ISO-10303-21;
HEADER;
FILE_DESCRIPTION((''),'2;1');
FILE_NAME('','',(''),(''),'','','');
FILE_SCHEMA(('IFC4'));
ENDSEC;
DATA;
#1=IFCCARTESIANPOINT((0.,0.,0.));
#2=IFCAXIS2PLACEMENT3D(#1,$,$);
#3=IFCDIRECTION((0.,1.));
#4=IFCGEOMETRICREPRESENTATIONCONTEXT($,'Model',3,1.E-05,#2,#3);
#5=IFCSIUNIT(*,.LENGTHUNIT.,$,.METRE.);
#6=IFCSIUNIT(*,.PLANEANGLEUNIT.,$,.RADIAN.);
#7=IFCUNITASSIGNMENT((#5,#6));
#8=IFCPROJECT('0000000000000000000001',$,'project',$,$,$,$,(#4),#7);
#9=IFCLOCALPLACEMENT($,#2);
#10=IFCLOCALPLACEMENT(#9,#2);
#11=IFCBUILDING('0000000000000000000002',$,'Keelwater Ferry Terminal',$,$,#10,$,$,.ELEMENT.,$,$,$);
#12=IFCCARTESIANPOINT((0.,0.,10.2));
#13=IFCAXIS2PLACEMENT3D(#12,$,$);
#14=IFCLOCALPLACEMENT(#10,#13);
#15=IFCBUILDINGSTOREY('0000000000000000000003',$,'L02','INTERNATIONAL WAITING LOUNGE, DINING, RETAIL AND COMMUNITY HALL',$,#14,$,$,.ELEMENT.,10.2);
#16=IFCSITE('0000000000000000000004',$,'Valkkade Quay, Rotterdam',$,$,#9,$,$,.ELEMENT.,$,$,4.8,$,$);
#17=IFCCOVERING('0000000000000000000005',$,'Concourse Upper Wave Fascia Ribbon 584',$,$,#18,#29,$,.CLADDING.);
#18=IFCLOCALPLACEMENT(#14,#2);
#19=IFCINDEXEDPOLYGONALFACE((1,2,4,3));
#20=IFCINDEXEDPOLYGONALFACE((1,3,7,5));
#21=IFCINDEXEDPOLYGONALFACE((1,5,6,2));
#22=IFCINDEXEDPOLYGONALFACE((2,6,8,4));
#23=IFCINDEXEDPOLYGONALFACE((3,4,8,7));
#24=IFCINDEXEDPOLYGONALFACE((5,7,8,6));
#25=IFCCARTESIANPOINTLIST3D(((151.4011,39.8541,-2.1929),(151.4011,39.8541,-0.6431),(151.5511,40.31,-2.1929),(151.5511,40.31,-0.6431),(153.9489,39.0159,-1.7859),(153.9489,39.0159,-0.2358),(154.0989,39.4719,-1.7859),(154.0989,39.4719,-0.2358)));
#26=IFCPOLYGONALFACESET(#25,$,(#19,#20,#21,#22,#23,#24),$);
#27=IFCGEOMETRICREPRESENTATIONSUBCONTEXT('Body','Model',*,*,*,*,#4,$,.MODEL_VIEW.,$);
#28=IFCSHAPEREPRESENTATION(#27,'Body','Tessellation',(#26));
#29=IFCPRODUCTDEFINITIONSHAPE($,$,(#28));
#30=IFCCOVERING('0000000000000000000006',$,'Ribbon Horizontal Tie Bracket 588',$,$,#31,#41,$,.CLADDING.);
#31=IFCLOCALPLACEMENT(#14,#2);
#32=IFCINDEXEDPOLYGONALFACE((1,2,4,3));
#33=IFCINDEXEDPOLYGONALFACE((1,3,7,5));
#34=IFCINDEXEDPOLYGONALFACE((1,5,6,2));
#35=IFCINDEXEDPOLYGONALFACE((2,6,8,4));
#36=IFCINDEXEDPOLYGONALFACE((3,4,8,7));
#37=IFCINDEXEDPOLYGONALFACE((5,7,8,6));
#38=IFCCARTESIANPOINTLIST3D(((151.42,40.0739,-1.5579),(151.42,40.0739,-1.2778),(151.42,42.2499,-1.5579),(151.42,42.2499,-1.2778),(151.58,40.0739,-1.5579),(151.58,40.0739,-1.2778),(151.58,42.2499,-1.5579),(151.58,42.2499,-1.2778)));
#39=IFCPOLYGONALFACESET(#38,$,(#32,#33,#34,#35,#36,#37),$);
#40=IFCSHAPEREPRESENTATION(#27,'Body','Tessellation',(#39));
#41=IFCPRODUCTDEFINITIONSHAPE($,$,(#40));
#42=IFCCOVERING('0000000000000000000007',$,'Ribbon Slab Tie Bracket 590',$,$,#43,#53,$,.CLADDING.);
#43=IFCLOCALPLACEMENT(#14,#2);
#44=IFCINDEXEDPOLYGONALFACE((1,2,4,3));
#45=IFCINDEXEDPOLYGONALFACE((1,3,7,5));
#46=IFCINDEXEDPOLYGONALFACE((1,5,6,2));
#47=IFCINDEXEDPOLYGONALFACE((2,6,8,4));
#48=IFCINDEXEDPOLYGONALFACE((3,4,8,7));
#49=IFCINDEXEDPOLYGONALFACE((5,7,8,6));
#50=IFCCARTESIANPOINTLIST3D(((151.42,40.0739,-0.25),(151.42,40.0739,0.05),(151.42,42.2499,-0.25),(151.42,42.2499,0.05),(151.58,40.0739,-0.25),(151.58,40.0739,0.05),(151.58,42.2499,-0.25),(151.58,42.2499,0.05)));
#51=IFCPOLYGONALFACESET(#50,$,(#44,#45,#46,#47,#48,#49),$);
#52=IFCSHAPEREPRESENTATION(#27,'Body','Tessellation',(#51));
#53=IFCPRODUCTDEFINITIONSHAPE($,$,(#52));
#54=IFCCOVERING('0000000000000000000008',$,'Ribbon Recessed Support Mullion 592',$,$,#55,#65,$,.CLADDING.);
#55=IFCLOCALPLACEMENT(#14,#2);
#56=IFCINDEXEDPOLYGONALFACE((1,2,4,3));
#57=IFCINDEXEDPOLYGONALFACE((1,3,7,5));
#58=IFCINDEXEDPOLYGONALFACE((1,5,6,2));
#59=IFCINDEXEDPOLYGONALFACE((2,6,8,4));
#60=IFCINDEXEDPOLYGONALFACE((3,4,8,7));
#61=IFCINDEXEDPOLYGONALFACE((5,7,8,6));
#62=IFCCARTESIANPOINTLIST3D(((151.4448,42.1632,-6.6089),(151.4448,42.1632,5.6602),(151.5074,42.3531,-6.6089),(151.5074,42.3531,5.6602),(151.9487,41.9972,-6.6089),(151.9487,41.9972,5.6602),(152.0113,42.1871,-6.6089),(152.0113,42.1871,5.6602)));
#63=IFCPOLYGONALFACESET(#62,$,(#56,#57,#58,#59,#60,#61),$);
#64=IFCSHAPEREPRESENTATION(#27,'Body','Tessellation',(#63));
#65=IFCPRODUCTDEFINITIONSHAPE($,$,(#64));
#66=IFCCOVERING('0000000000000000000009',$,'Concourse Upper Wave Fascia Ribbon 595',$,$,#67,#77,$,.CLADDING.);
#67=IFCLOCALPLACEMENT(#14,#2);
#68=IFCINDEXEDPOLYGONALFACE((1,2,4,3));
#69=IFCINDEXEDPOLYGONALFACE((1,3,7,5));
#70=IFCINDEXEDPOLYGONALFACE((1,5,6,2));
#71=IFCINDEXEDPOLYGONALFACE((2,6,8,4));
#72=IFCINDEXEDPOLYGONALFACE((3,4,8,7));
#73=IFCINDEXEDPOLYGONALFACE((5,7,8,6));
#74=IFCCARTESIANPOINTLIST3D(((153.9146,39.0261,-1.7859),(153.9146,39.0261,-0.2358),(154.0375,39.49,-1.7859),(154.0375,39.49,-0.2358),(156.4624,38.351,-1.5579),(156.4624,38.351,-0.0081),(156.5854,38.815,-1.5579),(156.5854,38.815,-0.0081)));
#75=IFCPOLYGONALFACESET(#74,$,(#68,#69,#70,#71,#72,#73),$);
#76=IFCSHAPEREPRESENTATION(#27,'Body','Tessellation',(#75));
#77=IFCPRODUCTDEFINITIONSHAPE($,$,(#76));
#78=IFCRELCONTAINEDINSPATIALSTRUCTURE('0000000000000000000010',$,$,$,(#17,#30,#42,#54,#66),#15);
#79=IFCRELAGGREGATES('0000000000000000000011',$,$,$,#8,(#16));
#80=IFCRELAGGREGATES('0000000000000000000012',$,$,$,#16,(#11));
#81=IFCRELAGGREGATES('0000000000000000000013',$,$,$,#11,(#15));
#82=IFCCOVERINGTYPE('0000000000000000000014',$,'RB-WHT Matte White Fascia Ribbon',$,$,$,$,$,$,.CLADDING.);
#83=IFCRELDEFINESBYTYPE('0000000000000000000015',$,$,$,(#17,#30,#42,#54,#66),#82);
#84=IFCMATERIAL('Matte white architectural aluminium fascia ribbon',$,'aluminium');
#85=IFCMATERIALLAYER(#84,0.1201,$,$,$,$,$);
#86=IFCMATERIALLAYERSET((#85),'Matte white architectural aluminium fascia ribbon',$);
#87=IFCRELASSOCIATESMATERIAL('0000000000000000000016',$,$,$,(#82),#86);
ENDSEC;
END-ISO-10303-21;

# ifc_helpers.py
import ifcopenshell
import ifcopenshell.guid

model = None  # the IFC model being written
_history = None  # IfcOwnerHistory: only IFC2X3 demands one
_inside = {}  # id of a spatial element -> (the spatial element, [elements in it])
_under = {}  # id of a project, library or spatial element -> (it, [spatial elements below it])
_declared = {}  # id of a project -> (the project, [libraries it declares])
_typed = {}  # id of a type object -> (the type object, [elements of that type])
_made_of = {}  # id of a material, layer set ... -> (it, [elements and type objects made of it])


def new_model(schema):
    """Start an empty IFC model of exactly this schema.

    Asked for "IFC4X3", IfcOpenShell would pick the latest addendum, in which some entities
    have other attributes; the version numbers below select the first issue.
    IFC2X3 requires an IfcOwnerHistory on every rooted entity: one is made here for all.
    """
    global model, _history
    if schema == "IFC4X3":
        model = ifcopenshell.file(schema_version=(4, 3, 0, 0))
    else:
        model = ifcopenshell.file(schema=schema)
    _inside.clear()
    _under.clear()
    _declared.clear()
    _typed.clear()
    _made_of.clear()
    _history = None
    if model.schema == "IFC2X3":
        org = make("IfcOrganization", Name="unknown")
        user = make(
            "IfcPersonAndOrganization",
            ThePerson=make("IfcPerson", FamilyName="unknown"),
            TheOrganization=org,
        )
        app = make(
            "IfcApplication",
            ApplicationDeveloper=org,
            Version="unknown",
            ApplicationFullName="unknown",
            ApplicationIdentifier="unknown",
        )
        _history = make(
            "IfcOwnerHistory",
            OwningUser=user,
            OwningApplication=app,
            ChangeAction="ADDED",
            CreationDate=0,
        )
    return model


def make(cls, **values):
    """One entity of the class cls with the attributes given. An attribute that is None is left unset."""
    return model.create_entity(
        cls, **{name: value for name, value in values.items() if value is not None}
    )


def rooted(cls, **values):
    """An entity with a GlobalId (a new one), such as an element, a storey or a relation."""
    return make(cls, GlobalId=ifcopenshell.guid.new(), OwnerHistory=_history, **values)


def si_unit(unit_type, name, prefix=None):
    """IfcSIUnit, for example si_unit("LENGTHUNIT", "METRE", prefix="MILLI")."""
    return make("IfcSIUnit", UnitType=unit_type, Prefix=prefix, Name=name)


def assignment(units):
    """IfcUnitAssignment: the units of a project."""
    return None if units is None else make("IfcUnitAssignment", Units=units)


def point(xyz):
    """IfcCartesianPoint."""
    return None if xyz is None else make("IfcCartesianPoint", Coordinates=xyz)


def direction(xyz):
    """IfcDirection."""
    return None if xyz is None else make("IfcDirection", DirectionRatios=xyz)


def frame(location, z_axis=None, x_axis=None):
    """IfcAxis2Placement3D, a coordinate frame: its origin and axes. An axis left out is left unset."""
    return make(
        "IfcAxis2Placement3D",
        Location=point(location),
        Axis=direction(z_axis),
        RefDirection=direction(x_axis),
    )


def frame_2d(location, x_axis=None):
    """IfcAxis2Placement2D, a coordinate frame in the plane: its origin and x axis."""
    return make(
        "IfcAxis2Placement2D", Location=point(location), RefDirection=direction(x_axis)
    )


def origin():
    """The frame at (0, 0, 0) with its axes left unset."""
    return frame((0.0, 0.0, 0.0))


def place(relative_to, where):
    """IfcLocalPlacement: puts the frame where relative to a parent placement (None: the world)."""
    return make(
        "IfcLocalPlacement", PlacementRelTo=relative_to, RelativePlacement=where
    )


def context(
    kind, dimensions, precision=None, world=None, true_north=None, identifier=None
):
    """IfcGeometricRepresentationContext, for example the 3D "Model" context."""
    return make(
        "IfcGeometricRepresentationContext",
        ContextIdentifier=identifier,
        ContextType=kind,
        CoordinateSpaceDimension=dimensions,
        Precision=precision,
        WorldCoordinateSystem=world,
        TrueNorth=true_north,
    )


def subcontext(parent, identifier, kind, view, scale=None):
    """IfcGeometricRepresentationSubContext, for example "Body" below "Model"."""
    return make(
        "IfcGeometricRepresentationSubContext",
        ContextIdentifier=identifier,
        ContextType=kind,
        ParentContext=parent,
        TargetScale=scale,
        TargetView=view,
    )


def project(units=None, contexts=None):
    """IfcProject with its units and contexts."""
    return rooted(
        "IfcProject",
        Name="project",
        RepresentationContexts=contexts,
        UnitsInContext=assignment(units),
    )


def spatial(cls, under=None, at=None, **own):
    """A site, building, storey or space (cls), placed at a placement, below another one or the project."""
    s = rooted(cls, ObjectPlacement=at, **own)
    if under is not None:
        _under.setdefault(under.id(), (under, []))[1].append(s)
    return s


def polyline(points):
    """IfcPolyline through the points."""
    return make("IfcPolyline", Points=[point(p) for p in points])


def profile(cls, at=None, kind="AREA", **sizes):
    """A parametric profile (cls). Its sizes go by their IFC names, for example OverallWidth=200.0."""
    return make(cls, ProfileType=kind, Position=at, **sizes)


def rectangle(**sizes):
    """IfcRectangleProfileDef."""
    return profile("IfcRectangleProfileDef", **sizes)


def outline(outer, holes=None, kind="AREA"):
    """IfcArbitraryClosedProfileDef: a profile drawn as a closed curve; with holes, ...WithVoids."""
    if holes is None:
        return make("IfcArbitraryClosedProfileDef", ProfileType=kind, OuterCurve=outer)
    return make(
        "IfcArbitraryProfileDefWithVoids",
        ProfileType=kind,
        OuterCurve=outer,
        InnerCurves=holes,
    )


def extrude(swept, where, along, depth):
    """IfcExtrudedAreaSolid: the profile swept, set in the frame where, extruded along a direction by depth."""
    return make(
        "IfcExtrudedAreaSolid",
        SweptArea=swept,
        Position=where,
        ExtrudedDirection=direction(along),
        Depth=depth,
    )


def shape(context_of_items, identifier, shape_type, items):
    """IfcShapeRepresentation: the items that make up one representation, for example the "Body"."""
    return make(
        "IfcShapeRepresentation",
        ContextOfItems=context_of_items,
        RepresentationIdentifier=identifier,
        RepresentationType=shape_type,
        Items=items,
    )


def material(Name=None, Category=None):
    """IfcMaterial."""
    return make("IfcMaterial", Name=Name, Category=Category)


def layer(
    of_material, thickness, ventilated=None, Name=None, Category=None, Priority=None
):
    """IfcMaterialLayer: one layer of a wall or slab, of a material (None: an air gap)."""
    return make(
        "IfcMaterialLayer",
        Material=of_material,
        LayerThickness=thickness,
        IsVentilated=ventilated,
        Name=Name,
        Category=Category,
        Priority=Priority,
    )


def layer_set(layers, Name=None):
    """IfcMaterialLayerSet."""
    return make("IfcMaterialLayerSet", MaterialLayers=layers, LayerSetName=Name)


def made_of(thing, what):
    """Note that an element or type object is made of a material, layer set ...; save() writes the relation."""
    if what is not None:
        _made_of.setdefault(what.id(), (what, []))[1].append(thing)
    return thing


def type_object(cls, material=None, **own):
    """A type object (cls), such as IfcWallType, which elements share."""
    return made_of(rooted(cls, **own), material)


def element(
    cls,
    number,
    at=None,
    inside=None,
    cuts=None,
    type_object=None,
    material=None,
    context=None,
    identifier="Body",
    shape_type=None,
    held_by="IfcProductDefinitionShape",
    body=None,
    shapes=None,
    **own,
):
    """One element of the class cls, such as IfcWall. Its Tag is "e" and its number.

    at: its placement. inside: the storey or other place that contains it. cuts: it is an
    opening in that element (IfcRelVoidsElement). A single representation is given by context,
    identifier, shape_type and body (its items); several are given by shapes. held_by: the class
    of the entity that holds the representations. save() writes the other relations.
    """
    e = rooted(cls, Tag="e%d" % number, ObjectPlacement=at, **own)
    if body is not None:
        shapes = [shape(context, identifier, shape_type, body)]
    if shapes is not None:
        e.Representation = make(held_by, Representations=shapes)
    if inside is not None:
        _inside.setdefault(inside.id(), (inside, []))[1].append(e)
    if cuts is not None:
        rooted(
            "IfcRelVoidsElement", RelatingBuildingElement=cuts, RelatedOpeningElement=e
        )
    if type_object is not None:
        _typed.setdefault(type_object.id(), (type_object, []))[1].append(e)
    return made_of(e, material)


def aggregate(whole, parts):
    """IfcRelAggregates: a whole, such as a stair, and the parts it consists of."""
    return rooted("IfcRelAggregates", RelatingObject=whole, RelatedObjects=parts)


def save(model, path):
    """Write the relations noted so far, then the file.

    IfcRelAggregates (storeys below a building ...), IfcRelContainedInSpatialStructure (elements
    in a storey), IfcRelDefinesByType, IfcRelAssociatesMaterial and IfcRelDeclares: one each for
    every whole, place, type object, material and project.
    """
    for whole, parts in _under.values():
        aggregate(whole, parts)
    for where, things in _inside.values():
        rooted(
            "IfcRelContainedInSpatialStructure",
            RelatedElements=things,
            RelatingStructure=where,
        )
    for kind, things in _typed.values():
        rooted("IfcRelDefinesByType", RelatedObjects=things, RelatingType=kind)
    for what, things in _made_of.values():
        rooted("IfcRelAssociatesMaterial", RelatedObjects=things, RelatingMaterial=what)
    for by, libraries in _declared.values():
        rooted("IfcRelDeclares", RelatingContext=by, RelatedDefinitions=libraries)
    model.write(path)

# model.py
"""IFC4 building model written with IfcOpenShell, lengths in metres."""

from ifc_helpers import new_model, si_unit, direction, frame, frame_2d, origin, place, context, subcontext, project, spatial, polyline, rectangle, outline, extrude, material, layer, layer_set, type_object, element, save


model = new_model("IFC4")

# Units and contexts
model_context = context("Model", 3, precision=1e-05, world=origin(), true_north=direction((0.0, 1.0)))
body_context = subcontext(model_context, "Body", "Model", "MODEL_VIEW")
ifc_project = project(units=[si_unit("LENGTHUNIT", "METRE"), si_unit("PLANEANGLEUNIT", "RADIAN")], contexts=[model_context])

# Site, building, storey
site_placement = place(None, origin())
site = spatial("IfcSite", under=ifc_project, at=site_placement, Name="Valkkade Quay, Rotterdam", CompositionType="ELEMENT", RefElevation=4.8)
building_placement = place(site_placement, origin())
building = spatial("IfcBuilding", under=site, at=building_placement, Name="Keelwater Ferry Terminal", CompositionType="ELEMENT")
storey_placement = place(building_placement, frame((0.0, 0.0, 10.2)))
storey = spatial("IfcBuildingStorey", under=building, at=storey_placement, Name="L02", Description="INTERNATIONAL WAITING LOUNGE, DINING, RETAIL AND COMMUNITY HALL", CompositionType="ELEMENT", Elevation=10.2)

# Coverings
ifc_material_1 = material(Name="Matte white architectural aluminium fascia ribbon", Category="aluminium")
ifc_layer_1 = layer(ifc_material_1, 0.1201)
ifc_layer_set_1 = layer_set([ifc_layer_1], Name="Matte white architectural aluminium fascia ribbon")
covering_type = type_object("IfcCoveringType", Name="RB-WHT Matte White Fascia Ribbon", PredefinedType="CLADDING", material=ifc_layer_set_1)
covering_1_placement = place(storey_placement, frame((151.4761, 40.082, -2.1929), z_axis=(0.0, 0.0, 1.0), x_axis=(0.949923, -0.312484, 0.0)))
element("IfcCovering", 1, at=covering_1_placement, inside=storey, type_object=covering_type, Name="Concourse Upper Wave Fascia Ribbon 584", PredefinedType="CLADDING", context=body_context, shape_type="SweptSolid", body=[
    extrude(outline(polyline([(0.0, 0.0), (2.6821, 0.407), (2.6821, 1.957), (0.0, 1.5498), (0.0, 0.0)])), frame((0.0, 0.24, 0.0), z_axis=(0.0, -1.0, 0.0), x_axis=(1.0, 0.0, 0.0)), (0.0, 0.0, 1.0), 0.48),
])
covering_2_placement = place(storey_placement, frame((151.5, 40.074, -1.5579), z_axis=(0.0, 0.0, 1.0), x_axis=(0.0, 1.0, 0.0)))
element("IfcCovering", 2, at=covering_2_placement, inside=storey, type_object=covering_type, Name="Ribbon Horizontal Tie Bracket 588", PredefinedType="CLADDING", context=body_context, shape_type="SweptSolid", body=[
    extrude(rectangle(XDim=2.176, YDim=0.1599, at=frame_2d((1.0879, 0.0))), origin(), (0.0, 0.0, 1.0), 0.28),
])
covering_3_placement = place(storey_placement, frame((151.5, 40.074, -0.25), z_axis=(0.0, 0.0, 1.0), x_axis=(0.0, 1.0, 0.0)))
element("IfcCovering", 3, at=covering_3_placement, inside=storey, type_object=covering_type, Name="Ribbon Slab Tie Bracket 590", PredefinedType="CLADDING", context=body_context, shape_type="SweptSolid", body=[
    extrude(rectangle(XDim=2.176, YDim=0.1599, at=frame_2d((1.0879, 0.0))), origin(), (0.0, 0.0, 1.0), 0.3),
])
covering_4_placement = place(storey_placement, frame((151.4761, 42.2581, -6.6089), z_axis=(0.0, 0.0, 1.0), x_axis=(0.949782, -0.312913, 0.0)))
element("IfcCovering", 4, at=covering_4_placement, inside=storey, type_object=covering_type, Name="Ribbon Recessed Support Mullion 592", PredefinedType="CLADDING", context=body_context, shape_type="SweptSolid", body=[
    extrude(outline(polyline([(0.0, 0.0), (0.5305, 0.0), (0.5305, 12.269), (0.0, 12.269), (0.0, 0.0)])), frame((0.0, 0.1001, 0.0), z_axis=(0.0, -1.0, 0.0), x_axis=(1.0, 0.0, 0.0)), (0.0, 0.0, 1.0), 0.2),
])
covering_5_placement = place(storey_placement, frame((153.9761, 39.2581, -1.7859), z_axis=(0.0, 0.0, 1.0), x_axis=(0.966647, -0.256112, 0.0)))
element("IfcCovering", 5, at=covering_5_placement, inside=storey, type_object=covering_type, Name="Concourse Upper Wave Fascia Ribbon 595", PredefinedType="CLADDING", context=body_context, shape_type="SweptSolid", body=[
    extrude(outline(polyline([(0.0, 0.0), (2.6357, 0.228), (2.6357, 1.7778), (0.0, 1.55), (0.0, 0.0)])), frame((0.0, 0.24, 0.0), z_axis=(0.0, -1.0, 0.0), x_axis=(1.0, 0.0, 0.0)), (0.0, 0.0, 1.0), 0.48),
])

save(model, "model.ifc")
